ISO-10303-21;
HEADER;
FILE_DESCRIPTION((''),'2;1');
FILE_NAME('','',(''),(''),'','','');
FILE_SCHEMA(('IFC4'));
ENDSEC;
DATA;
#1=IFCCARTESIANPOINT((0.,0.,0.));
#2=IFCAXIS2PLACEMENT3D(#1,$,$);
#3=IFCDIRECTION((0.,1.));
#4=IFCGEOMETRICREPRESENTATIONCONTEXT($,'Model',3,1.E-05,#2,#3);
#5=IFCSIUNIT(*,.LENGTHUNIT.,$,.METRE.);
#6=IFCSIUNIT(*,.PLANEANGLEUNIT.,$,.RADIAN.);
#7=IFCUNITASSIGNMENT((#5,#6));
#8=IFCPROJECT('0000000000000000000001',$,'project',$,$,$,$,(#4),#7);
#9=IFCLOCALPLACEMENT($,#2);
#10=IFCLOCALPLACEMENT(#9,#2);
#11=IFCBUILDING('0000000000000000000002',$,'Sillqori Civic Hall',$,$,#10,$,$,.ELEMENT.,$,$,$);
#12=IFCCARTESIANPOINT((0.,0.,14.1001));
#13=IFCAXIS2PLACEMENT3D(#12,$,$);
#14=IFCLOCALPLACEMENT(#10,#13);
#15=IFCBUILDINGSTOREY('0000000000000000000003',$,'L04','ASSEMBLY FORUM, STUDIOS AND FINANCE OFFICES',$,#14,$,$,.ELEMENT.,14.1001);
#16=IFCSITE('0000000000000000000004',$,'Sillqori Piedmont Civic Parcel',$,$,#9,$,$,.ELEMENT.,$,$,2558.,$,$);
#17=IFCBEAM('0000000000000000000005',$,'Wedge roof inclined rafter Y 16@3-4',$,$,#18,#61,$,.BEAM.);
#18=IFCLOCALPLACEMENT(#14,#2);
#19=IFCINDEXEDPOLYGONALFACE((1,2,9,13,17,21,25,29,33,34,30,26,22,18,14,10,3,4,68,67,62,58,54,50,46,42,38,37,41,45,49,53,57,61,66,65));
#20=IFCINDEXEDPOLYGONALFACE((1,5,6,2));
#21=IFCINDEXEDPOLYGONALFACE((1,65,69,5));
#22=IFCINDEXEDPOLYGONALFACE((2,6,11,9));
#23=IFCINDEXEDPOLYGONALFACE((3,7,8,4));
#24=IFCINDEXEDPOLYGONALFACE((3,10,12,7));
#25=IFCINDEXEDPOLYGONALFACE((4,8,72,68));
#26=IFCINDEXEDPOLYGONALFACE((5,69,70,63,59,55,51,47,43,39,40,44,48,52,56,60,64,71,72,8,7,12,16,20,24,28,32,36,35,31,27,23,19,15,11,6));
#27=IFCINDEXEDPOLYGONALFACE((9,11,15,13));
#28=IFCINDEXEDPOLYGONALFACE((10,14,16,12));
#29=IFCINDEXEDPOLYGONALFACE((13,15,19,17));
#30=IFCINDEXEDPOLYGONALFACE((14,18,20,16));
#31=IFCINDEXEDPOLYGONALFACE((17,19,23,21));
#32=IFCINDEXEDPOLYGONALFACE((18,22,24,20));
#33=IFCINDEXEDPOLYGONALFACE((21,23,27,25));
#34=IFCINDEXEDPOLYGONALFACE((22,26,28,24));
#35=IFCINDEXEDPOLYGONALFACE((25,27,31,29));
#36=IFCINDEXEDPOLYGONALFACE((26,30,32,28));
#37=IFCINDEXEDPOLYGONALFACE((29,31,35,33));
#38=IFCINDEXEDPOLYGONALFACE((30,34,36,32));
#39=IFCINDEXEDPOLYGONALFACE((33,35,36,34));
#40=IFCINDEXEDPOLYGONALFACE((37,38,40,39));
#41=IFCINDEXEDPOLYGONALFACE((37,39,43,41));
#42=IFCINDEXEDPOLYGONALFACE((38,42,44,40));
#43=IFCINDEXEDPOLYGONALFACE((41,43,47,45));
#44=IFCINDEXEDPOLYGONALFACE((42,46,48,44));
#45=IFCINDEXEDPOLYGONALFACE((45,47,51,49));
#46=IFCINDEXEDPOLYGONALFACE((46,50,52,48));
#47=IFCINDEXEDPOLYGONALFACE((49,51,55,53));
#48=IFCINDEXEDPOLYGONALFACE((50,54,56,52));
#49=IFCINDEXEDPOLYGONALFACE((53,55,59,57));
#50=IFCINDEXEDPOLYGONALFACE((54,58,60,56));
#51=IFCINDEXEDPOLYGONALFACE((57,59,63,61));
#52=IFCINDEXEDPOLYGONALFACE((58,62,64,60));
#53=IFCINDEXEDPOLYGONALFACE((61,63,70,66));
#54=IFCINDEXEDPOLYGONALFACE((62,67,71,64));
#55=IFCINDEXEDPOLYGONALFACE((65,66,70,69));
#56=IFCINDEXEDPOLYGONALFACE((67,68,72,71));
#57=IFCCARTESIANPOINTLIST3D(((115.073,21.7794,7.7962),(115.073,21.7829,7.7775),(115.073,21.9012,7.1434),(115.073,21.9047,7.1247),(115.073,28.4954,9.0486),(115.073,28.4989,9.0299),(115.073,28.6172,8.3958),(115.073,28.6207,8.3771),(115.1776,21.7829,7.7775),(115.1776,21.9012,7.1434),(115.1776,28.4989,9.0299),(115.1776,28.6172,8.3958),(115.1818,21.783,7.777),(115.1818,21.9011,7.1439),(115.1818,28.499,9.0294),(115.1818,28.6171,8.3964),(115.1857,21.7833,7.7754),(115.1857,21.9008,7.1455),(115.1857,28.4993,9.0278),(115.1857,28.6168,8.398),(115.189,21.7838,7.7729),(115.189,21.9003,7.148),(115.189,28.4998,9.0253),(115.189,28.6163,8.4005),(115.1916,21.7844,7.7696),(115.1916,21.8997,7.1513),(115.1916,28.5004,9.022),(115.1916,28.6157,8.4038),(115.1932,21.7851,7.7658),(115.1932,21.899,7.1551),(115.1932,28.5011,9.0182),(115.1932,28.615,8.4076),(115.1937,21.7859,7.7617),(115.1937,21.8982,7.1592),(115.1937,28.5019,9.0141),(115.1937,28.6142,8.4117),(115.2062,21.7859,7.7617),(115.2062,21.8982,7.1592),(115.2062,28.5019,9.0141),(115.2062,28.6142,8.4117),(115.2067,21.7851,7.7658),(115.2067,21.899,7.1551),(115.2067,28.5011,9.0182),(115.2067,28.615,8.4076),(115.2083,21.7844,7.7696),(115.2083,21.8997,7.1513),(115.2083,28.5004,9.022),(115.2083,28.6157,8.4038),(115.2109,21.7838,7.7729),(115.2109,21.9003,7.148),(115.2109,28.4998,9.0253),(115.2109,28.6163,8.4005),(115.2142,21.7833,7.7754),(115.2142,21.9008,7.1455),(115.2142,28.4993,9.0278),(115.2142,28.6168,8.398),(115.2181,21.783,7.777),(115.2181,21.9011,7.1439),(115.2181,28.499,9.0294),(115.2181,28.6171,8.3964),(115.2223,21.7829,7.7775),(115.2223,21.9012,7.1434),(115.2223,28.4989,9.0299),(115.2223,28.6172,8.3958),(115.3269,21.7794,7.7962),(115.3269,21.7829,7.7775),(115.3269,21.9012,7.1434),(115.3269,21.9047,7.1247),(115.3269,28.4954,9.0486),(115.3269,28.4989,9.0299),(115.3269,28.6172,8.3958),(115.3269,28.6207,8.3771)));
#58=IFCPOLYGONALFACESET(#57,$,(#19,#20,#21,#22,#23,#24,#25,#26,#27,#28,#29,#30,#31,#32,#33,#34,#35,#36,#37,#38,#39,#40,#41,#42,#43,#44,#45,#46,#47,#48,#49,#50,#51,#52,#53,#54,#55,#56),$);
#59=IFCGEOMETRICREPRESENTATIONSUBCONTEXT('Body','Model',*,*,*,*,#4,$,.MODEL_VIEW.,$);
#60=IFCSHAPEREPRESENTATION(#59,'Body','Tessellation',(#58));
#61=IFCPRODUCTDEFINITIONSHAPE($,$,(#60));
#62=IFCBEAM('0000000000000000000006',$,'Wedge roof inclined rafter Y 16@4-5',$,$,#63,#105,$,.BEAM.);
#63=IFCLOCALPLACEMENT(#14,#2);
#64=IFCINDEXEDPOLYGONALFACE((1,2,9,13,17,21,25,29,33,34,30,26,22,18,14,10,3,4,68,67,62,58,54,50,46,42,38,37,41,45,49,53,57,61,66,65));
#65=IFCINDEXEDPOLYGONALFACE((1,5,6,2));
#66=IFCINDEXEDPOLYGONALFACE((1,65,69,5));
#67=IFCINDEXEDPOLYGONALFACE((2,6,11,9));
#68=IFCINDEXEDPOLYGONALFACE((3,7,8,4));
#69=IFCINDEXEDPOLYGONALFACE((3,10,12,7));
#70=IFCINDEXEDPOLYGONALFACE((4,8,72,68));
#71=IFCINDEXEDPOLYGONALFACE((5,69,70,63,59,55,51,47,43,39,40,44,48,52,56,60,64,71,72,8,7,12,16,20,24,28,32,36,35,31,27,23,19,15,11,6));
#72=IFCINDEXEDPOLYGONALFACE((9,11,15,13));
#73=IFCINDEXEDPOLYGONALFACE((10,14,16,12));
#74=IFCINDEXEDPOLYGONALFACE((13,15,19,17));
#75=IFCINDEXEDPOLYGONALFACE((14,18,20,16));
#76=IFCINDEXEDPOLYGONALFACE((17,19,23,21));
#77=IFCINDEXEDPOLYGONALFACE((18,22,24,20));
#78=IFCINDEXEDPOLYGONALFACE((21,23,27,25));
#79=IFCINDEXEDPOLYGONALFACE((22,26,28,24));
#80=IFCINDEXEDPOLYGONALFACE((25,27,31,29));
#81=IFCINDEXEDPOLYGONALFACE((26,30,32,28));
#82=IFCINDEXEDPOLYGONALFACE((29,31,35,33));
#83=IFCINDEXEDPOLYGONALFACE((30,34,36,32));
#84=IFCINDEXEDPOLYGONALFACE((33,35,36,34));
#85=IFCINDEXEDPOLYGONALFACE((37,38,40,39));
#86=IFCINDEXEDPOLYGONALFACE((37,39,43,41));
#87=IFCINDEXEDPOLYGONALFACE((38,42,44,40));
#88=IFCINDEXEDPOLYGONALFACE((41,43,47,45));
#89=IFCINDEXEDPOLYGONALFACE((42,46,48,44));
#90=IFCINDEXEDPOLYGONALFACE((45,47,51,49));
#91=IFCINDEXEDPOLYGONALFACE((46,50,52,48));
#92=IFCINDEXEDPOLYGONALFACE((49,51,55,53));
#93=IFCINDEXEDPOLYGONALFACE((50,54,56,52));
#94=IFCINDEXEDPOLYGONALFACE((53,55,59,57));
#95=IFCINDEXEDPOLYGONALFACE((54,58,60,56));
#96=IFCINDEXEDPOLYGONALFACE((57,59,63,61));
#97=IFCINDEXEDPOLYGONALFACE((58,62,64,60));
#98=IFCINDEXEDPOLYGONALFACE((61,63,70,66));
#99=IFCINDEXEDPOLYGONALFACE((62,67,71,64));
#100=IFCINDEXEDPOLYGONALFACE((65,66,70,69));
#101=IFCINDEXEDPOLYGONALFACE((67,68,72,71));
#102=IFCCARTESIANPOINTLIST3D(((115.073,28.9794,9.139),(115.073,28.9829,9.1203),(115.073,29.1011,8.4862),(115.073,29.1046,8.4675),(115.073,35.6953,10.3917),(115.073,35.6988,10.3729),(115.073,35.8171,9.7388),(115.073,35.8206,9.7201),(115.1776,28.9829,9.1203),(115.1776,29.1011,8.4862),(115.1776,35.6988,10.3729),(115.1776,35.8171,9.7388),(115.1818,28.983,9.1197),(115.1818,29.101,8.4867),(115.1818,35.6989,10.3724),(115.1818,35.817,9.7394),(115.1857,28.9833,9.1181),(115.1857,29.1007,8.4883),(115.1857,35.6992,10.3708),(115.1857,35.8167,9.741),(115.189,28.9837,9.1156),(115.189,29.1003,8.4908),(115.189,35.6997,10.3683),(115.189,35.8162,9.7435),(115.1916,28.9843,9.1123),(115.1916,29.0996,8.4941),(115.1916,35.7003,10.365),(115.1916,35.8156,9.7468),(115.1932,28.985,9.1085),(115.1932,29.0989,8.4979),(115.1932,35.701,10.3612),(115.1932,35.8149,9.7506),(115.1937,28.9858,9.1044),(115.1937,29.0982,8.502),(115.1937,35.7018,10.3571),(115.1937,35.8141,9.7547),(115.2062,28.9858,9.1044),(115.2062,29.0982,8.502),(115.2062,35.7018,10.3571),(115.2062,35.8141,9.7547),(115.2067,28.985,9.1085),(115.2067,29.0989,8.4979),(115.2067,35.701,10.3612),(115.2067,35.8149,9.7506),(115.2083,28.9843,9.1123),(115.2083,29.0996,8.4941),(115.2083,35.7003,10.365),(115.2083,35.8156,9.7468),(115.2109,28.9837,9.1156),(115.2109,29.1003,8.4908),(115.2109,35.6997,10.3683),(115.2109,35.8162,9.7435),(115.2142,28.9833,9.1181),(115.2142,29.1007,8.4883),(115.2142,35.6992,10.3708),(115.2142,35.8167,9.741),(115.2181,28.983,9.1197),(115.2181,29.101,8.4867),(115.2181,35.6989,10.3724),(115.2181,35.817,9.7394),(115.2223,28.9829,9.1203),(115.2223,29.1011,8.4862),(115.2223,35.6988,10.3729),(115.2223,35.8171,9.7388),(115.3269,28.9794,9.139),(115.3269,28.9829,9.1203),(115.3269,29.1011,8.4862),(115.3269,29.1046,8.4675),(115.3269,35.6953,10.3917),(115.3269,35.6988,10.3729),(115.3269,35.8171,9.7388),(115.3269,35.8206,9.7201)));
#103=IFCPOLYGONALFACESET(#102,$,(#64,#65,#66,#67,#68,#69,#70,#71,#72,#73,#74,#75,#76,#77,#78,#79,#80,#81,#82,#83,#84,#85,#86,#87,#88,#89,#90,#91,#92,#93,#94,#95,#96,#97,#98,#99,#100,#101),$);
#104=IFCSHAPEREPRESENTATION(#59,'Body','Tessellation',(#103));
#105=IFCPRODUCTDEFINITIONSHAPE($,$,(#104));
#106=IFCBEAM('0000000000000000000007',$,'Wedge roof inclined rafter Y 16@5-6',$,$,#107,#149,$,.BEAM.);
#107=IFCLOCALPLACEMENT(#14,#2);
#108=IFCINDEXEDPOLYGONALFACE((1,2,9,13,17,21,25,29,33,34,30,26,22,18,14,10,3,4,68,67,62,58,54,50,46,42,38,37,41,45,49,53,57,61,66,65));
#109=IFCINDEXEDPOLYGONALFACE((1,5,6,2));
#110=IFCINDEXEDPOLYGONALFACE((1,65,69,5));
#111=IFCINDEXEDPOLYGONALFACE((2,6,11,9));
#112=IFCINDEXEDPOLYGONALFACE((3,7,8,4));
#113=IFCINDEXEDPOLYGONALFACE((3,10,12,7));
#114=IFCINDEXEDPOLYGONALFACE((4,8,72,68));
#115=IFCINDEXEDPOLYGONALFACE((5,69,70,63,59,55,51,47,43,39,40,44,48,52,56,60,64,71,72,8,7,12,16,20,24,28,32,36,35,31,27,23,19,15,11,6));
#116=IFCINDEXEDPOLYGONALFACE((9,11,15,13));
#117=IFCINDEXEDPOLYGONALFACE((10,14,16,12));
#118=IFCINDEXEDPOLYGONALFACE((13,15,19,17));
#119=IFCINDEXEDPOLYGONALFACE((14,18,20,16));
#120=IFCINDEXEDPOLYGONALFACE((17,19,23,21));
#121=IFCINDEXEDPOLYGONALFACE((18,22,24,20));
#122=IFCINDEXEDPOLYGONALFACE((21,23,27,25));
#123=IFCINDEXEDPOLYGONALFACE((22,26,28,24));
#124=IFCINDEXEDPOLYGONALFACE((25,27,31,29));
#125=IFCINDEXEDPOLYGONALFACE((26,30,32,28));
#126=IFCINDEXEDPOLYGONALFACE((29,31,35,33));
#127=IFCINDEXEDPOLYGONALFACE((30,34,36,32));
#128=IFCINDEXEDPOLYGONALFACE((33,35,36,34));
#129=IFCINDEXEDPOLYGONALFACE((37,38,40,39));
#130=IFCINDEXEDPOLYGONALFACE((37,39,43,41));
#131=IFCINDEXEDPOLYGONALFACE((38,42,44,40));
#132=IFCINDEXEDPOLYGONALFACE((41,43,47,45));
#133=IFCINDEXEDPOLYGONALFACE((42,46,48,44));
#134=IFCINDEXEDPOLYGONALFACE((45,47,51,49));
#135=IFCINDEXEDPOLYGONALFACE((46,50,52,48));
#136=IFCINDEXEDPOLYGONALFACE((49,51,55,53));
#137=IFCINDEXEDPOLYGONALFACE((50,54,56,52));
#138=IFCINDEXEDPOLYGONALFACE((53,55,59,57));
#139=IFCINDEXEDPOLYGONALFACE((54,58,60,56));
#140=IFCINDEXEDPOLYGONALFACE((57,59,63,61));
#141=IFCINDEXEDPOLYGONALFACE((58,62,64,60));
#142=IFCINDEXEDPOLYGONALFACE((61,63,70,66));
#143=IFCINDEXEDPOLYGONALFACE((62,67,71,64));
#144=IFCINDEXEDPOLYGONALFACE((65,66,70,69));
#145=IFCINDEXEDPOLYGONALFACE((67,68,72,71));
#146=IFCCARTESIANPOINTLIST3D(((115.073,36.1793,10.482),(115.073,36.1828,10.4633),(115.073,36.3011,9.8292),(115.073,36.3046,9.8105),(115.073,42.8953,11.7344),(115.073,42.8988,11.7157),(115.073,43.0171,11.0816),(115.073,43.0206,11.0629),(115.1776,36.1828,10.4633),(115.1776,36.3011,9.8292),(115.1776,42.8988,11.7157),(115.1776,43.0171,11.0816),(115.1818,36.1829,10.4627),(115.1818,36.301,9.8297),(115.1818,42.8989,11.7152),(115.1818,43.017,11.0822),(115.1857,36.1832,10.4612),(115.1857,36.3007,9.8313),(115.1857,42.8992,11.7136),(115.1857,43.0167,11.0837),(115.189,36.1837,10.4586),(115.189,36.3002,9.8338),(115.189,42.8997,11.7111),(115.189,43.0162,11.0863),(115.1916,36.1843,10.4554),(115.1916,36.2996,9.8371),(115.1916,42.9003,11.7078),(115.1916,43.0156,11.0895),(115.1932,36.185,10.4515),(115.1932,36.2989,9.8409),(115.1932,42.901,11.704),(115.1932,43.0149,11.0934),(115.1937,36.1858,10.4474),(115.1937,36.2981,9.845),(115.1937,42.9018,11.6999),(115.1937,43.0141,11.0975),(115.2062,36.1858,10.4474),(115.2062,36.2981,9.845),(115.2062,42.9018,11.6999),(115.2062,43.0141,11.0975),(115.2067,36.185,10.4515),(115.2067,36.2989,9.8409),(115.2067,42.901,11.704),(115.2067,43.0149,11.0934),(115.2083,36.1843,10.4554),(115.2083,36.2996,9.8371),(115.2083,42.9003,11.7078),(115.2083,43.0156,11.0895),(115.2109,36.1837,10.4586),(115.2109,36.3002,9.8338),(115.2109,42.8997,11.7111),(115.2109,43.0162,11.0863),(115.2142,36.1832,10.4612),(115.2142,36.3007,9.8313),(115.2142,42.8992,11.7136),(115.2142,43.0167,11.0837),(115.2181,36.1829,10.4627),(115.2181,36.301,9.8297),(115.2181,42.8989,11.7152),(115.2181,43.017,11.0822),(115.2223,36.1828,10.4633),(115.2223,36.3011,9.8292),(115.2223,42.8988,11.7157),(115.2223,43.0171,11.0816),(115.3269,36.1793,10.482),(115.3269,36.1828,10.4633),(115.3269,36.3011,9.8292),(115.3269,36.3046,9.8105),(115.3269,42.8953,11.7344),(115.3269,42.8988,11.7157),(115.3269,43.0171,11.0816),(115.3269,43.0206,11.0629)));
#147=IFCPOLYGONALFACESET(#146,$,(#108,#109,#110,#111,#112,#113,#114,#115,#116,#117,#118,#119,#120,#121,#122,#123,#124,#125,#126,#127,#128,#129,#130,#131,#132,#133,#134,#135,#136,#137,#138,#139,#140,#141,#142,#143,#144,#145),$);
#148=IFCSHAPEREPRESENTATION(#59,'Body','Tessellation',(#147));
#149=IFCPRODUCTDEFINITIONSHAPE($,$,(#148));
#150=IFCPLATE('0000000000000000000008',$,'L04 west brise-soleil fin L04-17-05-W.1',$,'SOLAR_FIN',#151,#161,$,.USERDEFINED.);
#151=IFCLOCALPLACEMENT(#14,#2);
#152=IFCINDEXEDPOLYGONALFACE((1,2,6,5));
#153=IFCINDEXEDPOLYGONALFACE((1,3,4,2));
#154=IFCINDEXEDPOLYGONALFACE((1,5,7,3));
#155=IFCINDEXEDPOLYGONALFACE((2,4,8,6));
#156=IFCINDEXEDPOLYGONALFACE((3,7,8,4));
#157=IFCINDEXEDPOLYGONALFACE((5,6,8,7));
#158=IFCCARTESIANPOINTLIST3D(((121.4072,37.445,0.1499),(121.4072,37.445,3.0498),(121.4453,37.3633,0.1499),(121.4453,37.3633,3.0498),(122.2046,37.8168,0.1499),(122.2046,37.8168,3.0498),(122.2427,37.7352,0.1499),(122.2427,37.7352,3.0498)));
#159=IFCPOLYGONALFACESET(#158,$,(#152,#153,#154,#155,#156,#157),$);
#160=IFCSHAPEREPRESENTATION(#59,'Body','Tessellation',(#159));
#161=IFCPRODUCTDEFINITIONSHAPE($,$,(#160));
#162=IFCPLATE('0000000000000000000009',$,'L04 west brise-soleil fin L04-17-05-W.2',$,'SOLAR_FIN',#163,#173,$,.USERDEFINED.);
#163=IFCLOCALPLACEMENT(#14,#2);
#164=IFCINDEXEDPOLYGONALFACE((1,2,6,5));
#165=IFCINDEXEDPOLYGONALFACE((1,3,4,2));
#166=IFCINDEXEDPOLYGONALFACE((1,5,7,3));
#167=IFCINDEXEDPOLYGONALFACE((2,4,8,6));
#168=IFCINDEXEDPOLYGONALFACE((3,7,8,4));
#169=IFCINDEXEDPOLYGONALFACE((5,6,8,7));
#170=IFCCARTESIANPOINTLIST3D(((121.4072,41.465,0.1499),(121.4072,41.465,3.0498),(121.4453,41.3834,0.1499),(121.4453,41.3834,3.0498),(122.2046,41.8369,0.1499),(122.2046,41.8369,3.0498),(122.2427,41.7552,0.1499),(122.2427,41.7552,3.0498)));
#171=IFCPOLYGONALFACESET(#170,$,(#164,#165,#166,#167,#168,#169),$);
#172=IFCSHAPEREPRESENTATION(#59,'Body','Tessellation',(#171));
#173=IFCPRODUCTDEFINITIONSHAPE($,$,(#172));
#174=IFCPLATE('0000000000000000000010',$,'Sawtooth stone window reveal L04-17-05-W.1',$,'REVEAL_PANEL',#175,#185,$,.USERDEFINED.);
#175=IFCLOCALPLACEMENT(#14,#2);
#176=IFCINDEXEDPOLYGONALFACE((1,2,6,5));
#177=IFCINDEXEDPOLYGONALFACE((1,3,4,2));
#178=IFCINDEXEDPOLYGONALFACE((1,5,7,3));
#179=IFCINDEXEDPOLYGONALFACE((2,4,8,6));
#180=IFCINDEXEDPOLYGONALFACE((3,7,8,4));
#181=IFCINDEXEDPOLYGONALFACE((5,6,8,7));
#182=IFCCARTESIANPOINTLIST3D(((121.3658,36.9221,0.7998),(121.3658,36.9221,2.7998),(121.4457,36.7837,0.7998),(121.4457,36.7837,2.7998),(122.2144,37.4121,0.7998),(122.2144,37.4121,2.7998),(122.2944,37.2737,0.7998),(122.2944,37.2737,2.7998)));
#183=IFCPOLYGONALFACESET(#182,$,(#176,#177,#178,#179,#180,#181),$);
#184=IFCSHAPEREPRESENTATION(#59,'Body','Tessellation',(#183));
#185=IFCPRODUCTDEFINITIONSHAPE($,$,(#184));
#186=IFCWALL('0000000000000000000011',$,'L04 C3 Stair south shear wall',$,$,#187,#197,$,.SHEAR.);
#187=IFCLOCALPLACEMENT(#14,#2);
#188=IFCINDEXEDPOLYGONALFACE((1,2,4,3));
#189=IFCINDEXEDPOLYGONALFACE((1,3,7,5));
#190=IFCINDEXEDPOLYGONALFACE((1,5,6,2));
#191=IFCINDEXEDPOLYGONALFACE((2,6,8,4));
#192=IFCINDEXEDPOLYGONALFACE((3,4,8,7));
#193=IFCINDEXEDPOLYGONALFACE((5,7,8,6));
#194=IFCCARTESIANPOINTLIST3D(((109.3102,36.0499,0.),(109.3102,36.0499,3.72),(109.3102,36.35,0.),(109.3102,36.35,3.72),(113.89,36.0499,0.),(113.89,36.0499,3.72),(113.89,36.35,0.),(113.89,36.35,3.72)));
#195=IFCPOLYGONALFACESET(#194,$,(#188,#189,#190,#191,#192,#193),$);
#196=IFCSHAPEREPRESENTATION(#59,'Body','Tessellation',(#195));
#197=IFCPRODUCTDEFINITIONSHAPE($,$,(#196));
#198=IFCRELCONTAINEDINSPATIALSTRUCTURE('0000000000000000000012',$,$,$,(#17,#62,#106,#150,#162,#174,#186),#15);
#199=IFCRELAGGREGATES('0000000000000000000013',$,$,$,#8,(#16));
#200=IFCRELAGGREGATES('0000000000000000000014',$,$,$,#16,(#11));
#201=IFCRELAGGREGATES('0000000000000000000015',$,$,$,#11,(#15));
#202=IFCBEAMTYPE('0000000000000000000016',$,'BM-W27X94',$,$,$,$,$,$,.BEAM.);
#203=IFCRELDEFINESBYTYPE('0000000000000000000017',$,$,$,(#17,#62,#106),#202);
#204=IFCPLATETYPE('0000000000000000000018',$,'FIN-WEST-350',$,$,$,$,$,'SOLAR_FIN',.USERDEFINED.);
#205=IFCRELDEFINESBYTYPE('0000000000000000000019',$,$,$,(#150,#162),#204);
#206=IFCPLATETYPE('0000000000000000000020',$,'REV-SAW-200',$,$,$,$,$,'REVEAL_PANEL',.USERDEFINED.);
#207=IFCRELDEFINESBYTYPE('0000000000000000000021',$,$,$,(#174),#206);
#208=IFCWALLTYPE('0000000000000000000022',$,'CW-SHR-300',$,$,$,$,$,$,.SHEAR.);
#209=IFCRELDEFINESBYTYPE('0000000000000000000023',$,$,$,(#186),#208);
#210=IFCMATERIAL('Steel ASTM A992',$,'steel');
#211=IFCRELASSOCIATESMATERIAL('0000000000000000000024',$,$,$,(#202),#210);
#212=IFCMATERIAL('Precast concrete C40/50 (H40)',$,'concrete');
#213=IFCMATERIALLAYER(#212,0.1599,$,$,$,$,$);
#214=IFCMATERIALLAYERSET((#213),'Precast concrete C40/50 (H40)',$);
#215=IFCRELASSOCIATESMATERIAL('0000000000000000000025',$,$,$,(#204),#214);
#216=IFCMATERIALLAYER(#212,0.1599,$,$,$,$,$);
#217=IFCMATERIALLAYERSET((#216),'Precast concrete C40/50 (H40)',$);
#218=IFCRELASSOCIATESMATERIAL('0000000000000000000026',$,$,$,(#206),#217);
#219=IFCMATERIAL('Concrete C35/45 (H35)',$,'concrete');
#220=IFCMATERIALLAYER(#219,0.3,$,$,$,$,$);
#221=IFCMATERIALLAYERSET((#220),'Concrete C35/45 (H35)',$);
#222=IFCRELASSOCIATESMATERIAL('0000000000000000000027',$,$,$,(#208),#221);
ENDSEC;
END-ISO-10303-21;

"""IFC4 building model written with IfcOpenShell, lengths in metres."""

from ifc_helpers import new_model, si_unit, direction, frame, frame_2d, origin, origin_2d, place, context, subcontext, project, spatial, rectangle, i_section, extrude, material, layer, layer_set, material_profile, profile_set, type_object, element, save


model = new_model("IFC4")

# Units and contexts
model_context = context("Model", 3, precision=1e-05, world=origin(), true_north=direction((0.0, 1.0)))
body_context = subcontext(model_context, "Body", "Model", "MODEL_VIEW")
ifc_project = project(units=[si_unit("LENGTHUNIT", "METRE"), si_unit("PLANEANGLEUNIT", "RADIAN")], contexts=[model_context])

# Site, building, storey
site_placement = place(None, origin())
site = spatial("IfcSite", under=ifc_project, at=site_placement, Name="Sillqori Piedmont Civic Parcel", CompositionType="ELEMENT", RefElevation=2558.0)
building_placement = place(site_placement, origin())
building = spatial("IfcBuilding", under=site, at=building_placement, Name="Sillqori Civic Hall", CompositionType="ELEMENT")
storey_placement = place(building_placement, frame((0.0, 0.0, 14.1001)))
storey = spatial("IfcBuildingStorey", under=building, at=storey_placement, Name="L04", Description="ASSEMBLY FORUM, STUDIOS AND FINANCE OFFICES", CompositionType="ELEMENT", Elevation=14.1001)

# Shared definitions
ifc_material_1 = material(Name="Concrete C35/45 (H35)", Category="concrete")

# Beams
ifc_material_2 = material(Name="Steel ASTM A992", Category="steel")
ifc_material_profile_1 = material_profile(ifc_material_2, i_section(OverallWidth=0.2539, OverallDepth=0.6831, WebThickness=0.0125, FlangeThickness=0.019, FilletRadius=0.0161, at=origin_2d()), Name="W27X94")
ifc_profile_set_1 = profile_set([ifc_material_profile_1], Name="Steel ASTM A992")
beam_type = type_object("IfcBeamType", Name="BM-W27X94", PredefinedType="BEAM", material=ifc_profile_set_1)
for number, where, z_axis, x_axis, name in (
    (1, (115.2, 21.842, 7.4604), (0.0, 0.983053, 0.183324), (-1.0, 0.0, 0.0), "Wedge roof inclined rafter Y 16@3-4"),
    (2, (115.2, 29.042, 8.8032), (0.0, 0.983046, 0.183359), (-1.0, 0.0, 0.0), "Wedge roof inclined rafter Y 16@4-5"),
    (3, (115.2, 36.2419, 10.1462), (0.0, 0.983053, 0.183324), (-1.0, 0.0, 0.0), "Wedge roof inclined rafter Y 16@5-6"),
):
    element("IfcBeam", number, at=place(storey_placement, frame(where, z_axis=z_axis, x_axis=x_axis)), inside=storey, type_object=beam_type, Name=name, PredefinedType="BEAM", context=body_context, shape_type="SweptSolid", body=[
        extrude(i_section(OverallWidth=0.2539, OverallDepth=0.6831, WebThickness=0.0125, FlangeThickness=0.019, FilletRadius=0.0161, at=origin_2d()), origin(), (0.0, 0.0, 1.0), 6.8318),
    ])

# Plates
ifc_material_3 = material(Name="Precast concrete C40/50 (H40)", Category="concrete")
ifc_layer_1 = layer(ifc_material_3, 0.1599)
ifc_layer_set_1 = layer_set([ifc_layer_1], Name="Precast concrete C40/50 (H40)")
plate_type_1 = type_object("IfcPlateType", Name="FIN-WEST-350", ElementType="SOLAR_FIN", PredefinedType="USERDEFINED", material=ifc_layer_set_1)
for number, where, z_axis, x_axis, name in (
    (4, (121.825, 37.5901, 0.1499), (0.0, 0.0, 1.0), (-0.422618, 0.906308, 0.0), "L04 west brise-soleil fin L04-17-05-W.1"),
    (5, (121.825, 41.6101, 0.1499), (0.0, 0.0, 1.0), (-0.422618, 0.906308, 0.0), "L04 west brise-soleil fin L04-17-05-W.2"),
):
    element("IfcPlate", number, at=place(storey_placement, frame(where, z_axis=z_axis, x_axis=x_axis)), inside=storey, type_object=plate_type_1, Name=name, ObjectType="SOLAR_FIN", PredefinedType="USERDEFINED", context=body_context, shape_type="SweptSolid", body=[
        extrude(rectangle(XDim=0.0901, YDim=0.8799, at=origin_2d()), origin(), (0.0, 0.0, 1.0), 2.8999),
    ])
ifc_layer_2 = layer(ifc_material_3, 0.1599)
ifc_layer_set_2 = layer_set([ifc_layer_2], Name="Precast concrete C40/50 (H40)")
plate_type_2 = type_object("IfcPlateType", Name="REV-SAW-200", ElementType="REVEAL_PANEL", PredefinedType="USERDEFINED", material=ifc_layer_set_2)
plate_placement = place(storey_placement, frame((121.8301, 37.0979, 0.7998), z_axis=(0.0, 0.0, 1.0), x_axis=(-0.5, 0.866025, 0.0)))
element("IfcPlate", 6, at=plate_placement, inside=storey, type_object=plate_type_2, Name="Sawtooth stone window reveal L04-17-05-W.1", ObjectType="REVEAL_PANEL", PredefinedType="USERDEFINED", context=body_context, shape_type="SweptSolid", body=[
    extrude(rectangle(XDim=0.1599, YDim=0.98, at=origin_2d()), origin(), (0.0, 0.0, 1.0), 2.0),
])

# Wall
ifc_layer_3 = layer(ifc_material_1, 0.3)
ifc_layer_set_3 = layer_set([ifc_layer_3], Name="Concrete C35/45 (H35)")
wall_type_1 = type_object("IfcWallType", Name="CW-SHR-300", PredefinedType="SHEAR", material=ifc_layer_set_3)
wall_1_placement = place(storey_placement, frame((109.3101, 36.2, 0.0), z_axis=(0.0, 0.0, 1.0), x_axis=(1.0, 0.0, 0.0)))
element("IfcWall", 7, at=wall_1_placement, inside=storey, type_object=wall_type_1, Name="L04 C3 Stair south shear wall", PredefinedType="SHEAR", context=body_context, shape_type="SweptSolid", body=[
    extrude(rectangle(XDim=4.5798, YDim=0.3, at=frame_2d((2.29, 0.0))), origin(), (0.0, 0.0, 1.0), 3.72),
])

save(model, "model.ifc")
